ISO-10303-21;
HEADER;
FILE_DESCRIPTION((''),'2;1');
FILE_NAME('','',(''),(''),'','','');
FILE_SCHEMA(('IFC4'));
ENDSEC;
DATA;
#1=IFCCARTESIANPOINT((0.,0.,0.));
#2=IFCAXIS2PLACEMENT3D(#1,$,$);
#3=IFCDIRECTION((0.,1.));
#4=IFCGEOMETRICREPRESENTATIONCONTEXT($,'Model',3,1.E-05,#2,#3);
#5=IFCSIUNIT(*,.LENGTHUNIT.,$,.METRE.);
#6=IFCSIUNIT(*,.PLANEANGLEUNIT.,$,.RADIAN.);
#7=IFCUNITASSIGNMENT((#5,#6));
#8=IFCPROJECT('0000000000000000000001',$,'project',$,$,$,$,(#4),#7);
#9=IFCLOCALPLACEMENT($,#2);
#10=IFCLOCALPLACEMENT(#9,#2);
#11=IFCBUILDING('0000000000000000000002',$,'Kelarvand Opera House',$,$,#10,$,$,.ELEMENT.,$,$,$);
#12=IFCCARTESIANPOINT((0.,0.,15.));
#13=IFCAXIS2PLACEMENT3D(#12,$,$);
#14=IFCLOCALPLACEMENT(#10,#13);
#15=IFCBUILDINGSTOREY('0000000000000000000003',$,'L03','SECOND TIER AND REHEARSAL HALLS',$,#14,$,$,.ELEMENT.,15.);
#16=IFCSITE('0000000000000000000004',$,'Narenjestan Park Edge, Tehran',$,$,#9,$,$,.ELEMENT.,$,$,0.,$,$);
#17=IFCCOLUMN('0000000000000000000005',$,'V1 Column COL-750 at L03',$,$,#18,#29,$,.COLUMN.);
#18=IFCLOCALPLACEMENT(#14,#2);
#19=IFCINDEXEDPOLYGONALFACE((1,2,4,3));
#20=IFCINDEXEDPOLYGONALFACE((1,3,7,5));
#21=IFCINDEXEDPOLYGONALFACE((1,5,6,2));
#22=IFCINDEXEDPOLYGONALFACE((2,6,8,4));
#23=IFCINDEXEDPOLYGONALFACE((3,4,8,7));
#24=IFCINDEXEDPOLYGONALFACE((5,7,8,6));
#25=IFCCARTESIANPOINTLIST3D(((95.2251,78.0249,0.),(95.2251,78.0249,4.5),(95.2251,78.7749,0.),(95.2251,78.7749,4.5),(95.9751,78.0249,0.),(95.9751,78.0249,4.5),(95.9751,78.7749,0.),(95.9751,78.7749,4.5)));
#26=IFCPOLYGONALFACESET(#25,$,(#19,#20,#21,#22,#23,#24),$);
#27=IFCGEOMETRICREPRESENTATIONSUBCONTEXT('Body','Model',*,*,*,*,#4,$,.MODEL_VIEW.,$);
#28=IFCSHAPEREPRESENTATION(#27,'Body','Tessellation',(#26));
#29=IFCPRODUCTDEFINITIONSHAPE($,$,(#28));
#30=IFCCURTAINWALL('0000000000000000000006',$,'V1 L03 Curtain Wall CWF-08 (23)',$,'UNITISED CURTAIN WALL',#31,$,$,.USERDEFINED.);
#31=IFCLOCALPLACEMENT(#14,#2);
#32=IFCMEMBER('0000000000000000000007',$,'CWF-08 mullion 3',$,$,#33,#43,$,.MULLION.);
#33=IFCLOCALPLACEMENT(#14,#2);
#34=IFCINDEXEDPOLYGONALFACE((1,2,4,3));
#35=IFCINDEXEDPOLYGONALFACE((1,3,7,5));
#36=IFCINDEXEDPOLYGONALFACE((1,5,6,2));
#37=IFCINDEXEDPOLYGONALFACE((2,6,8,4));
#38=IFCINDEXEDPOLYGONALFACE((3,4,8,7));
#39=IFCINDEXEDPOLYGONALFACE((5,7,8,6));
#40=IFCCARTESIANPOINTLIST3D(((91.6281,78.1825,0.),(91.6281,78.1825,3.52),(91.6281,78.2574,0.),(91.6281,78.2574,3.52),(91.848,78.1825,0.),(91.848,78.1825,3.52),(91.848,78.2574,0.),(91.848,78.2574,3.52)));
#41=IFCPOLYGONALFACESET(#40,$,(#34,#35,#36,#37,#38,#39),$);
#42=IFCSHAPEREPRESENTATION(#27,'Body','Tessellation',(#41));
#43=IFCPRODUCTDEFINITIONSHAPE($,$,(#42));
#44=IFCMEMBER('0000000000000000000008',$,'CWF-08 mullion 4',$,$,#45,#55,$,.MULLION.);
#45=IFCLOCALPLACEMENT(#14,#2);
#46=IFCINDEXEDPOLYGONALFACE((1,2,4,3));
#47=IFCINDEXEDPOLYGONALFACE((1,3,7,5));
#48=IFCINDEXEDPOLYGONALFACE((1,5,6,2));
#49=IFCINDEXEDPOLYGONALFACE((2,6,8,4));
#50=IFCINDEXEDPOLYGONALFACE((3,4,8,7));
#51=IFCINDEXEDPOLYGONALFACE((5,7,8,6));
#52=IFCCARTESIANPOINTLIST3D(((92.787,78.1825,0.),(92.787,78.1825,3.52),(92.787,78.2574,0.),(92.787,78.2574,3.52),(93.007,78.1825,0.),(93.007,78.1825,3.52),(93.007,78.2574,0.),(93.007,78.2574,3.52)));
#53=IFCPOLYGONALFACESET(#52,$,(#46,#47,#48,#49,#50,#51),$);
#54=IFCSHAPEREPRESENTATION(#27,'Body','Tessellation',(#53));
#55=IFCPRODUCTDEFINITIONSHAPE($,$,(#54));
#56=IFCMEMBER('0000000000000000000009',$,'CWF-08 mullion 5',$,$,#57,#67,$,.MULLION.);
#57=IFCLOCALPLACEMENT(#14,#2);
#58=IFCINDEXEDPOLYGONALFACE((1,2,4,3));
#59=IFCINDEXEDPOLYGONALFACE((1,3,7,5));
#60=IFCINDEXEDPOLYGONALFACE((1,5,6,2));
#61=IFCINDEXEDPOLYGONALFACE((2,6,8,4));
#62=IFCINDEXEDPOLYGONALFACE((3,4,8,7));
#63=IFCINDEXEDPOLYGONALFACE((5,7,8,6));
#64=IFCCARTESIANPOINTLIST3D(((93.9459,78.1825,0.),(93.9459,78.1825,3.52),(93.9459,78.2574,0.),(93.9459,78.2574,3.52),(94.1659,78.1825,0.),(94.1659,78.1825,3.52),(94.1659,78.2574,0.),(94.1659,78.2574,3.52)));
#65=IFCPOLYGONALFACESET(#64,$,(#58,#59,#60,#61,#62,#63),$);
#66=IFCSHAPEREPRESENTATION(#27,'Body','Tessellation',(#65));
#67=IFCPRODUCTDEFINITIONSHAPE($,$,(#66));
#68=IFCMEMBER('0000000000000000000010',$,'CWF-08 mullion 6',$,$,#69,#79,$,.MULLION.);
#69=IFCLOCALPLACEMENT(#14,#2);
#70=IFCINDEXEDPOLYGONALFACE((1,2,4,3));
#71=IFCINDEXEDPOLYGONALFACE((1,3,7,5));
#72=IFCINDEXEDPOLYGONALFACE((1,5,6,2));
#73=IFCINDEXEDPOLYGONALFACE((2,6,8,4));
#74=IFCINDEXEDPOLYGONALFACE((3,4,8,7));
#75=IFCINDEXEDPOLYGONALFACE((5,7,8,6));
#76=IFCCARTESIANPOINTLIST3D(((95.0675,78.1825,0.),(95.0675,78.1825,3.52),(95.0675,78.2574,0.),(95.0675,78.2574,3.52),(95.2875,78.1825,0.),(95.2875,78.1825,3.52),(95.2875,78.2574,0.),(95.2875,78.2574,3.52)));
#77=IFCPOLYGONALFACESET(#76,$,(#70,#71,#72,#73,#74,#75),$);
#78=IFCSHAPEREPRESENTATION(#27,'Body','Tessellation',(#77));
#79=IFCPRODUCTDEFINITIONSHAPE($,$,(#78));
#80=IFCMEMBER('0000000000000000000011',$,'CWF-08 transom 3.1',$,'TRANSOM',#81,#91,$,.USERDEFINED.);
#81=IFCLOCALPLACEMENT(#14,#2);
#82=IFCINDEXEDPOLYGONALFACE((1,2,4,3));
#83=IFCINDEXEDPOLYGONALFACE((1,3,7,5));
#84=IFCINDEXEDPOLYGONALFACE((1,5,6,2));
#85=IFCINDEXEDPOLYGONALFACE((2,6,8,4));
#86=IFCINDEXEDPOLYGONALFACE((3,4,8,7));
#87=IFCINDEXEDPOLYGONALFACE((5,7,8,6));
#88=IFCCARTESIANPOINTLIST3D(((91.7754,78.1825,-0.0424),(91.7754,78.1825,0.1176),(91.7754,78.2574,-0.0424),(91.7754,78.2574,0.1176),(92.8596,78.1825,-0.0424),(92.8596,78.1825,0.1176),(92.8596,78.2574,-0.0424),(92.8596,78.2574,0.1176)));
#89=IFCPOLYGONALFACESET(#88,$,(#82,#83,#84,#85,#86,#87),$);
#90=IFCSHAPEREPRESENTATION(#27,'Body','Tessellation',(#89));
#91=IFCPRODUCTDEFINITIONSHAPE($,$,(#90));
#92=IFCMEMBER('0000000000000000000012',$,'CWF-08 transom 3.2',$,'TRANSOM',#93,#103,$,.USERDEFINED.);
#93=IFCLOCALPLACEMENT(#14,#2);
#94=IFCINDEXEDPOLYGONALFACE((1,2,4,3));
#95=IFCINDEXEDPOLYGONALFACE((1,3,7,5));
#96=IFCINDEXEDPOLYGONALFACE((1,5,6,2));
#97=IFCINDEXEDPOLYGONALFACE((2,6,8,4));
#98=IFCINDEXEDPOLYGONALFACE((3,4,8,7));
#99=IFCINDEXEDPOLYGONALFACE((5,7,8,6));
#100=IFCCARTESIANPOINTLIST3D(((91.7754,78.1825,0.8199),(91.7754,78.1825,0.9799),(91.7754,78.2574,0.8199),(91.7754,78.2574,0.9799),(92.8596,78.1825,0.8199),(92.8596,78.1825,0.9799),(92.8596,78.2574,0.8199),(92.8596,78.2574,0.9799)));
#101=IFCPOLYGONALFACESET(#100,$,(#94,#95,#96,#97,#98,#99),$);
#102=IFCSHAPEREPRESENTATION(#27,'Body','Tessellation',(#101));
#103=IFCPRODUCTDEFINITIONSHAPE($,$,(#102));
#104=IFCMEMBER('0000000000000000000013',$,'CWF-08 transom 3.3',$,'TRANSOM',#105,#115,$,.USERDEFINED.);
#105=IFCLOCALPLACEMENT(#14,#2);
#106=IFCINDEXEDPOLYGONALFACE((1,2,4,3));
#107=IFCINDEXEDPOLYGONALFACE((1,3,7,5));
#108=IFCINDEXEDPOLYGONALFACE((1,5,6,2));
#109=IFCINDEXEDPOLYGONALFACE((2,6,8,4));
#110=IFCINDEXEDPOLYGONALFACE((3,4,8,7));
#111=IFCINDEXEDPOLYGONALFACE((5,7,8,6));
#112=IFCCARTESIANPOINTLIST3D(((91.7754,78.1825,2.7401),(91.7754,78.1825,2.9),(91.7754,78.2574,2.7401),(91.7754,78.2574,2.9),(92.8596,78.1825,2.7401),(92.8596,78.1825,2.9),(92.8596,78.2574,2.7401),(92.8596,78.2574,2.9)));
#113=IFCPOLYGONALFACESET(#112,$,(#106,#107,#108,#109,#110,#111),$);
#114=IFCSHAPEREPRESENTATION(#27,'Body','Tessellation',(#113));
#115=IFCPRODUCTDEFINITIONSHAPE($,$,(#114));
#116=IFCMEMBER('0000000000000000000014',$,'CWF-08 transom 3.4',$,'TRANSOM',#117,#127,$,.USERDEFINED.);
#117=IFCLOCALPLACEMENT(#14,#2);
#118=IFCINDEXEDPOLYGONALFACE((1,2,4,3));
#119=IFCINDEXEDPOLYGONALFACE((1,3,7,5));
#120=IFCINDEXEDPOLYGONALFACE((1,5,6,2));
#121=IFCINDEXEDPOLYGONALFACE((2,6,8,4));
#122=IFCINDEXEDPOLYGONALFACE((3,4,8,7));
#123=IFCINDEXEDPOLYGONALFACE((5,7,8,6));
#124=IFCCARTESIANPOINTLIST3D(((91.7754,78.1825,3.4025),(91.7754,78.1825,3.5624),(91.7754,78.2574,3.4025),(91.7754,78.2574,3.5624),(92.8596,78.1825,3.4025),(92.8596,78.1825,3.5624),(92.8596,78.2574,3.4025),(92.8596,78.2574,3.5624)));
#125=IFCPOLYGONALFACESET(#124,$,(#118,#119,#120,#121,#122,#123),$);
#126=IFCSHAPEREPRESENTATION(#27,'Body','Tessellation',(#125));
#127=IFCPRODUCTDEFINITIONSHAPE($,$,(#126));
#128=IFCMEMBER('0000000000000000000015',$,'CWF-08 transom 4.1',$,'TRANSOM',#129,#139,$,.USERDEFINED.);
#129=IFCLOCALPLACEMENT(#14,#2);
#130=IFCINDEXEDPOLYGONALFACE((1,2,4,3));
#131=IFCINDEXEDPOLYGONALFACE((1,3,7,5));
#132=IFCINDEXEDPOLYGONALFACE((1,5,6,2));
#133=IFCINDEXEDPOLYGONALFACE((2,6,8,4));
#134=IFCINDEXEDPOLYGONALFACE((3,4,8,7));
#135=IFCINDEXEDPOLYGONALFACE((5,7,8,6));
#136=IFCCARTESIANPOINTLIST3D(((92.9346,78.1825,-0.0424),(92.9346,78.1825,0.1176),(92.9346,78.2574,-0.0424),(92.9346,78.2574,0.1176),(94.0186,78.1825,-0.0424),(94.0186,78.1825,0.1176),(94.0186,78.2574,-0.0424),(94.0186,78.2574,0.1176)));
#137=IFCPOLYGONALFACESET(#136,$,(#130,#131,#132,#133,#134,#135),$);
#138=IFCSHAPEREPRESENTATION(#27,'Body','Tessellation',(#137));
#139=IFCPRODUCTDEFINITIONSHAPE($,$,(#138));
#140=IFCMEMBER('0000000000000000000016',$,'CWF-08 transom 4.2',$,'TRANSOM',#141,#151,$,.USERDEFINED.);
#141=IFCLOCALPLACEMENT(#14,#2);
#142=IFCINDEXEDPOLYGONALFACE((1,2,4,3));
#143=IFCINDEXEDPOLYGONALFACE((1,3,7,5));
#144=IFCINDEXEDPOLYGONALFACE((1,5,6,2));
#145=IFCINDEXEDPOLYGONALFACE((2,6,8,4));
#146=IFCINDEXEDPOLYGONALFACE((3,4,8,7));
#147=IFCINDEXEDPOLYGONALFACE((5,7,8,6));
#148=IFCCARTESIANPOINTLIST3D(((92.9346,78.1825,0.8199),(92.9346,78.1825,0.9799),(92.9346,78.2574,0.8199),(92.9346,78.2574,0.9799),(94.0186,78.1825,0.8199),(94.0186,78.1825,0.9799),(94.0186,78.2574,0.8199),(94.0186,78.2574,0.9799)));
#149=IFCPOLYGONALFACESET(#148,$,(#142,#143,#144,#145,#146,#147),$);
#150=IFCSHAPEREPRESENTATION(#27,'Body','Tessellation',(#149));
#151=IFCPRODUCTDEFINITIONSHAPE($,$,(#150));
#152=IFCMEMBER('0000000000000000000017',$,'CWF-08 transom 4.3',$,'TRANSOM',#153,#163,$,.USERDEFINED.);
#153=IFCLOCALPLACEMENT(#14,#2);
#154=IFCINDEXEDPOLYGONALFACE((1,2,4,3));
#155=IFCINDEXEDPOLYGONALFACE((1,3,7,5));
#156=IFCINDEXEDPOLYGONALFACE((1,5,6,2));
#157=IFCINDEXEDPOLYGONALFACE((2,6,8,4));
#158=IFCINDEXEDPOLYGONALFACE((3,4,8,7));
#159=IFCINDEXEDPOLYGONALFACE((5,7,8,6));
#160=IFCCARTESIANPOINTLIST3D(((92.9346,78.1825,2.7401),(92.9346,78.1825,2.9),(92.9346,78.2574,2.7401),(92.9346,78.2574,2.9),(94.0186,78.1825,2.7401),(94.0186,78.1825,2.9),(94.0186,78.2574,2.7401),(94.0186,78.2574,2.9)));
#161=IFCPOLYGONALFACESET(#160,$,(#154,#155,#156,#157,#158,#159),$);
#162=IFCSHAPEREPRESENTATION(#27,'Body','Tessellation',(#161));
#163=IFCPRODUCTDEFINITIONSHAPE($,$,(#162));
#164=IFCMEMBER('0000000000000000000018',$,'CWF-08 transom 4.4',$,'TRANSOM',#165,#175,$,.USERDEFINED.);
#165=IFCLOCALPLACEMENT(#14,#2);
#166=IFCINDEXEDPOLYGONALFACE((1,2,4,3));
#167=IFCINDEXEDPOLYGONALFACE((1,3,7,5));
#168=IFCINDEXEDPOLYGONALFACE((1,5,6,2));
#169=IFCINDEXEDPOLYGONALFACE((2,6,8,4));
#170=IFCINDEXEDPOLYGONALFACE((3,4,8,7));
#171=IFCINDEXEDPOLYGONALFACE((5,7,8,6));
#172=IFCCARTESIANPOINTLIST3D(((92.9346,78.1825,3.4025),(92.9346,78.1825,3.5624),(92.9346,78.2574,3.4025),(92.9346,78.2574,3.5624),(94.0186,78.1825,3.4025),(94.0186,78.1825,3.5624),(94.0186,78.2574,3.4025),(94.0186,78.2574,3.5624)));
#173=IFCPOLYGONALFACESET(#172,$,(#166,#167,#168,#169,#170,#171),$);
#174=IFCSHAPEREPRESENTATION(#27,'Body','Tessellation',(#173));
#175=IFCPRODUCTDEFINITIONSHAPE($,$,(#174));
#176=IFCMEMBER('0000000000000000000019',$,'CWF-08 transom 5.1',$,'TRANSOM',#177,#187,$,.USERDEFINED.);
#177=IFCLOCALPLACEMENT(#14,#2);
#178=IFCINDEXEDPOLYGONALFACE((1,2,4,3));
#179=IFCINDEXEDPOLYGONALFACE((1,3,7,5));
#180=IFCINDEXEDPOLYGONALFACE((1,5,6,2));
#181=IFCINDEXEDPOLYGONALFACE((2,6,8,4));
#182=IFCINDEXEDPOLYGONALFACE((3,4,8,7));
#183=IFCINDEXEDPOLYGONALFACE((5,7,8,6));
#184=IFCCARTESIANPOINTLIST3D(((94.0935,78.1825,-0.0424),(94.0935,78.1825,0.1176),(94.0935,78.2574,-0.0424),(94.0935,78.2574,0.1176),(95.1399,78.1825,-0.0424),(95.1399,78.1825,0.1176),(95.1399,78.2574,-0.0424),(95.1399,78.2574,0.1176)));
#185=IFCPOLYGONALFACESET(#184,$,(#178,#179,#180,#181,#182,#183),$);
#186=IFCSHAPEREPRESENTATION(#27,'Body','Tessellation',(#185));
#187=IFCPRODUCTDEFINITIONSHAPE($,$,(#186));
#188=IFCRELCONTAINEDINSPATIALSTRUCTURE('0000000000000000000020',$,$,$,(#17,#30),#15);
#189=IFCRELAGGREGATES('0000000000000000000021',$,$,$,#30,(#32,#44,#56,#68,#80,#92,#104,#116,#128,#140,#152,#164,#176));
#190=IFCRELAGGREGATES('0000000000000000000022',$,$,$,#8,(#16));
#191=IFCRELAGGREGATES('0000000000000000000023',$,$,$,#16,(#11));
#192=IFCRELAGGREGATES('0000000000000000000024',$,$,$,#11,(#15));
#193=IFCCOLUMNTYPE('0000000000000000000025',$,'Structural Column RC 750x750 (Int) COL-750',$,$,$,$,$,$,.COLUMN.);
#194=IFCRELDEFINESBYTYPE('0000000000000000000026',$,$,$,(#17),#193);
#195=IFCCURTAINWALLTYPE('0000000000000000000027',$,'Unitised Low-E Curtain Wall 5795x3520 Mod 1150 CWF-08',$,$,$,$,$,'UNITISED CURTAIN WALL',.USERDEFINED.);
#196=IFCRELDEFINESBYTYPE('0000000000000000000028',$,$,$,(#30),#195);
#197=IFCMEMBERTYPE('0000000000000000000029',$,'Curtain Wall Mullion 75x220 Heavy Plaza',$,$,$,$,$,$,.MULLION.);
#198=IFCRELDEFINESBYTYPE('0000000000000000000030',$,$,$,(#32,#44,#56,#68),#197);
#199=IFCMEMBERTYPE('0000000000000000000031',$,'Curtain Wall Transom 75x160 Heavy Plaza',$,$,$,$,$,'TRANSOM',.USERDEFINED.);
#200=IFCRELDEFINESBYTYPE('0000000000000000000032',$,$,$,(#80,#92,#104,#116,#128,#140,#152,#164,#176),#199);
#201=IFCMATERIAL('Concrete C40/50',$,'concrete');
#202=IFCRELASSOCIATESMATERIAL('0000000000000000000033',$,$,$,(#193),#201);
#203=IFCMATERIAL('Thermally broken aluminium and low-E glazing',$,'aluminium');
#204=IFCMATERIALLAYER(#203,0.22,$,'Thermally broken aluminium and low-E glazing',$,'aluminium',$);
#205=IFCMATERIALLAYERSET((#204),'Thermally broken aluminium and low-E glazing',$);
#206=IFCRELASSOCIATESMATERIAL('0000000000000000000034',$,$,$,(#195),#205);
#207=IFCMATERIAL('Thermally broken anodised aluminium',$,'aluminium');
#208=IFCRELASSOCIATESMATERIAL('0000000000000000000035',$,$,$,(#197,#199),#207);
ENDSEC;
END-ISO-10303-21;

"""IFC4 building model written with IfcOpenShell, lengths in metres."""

from ifc_helpers import new_model, si_unit, direction, frame, origin, origin_2d, place, context, subcontext, project, spatial, rectangle, extrude, material, layer, layer_set, material_profile, profile_set, type_object, element, aggregate, save


model = new_model("IFC4")

# Units and contexts
model_context = context("Model", 3, precision=1e-05, world=origin(), true_north=direction((0.0, 1.0)))
body_context = subcontext(model_context, "Body", "Model", "MODEL_VIEW")
ifc_project = project(units=[si_unit("LENGTHUNIT", "METRE"), si_unit("PLANEANGLEUNIT", "RADIAN")], contexts=[model_context])

# Site, building, storey
site_placement = place(None, origin())
site = spatial("IfcSite", under=ifc_project, at=site_placement, Name="Narenjestan Park Edge, Tehran", CompositionType="ELEMENT", RefElevation=0.0)
building_placement = place(site_placement, origin())
building = spatial("IfcBuilding", under=site, at=building_placement, Name="Kelarvand Opera House", CompositionType="ELEMENT")
storey_placement = place(building_placement, frame((0.0, 0.0, 15.0)))
storey = spatial("IfcBuildingStorey", under=building, at=storey_placement, Name="L03", Description="SECOND TIER AND REHEARSAL HALLS", CompositionType="ELEMENT", Elevation=15.0)

# Column
ifc_material_1 = material(Name="Concrete C40/50", Category="concrete")
ifc_material_profile_1 = material_profile(ifc_material_1, rectangle(XDim=0.75, YDim=0.75, at=origin_2d()), Name="RC 750x750", Category="concrete")
ifc_profile_set_1 = profile_set([ifc_material_profile_1], Name="Concrete C40/50")
column_type = type_object("IfcColumnType", Name="Structural Column RC 750x750 (Int) COL-750", PredefinedType="COLUMN", material=ifc_profile_set_1)
column_placement = place(storey_placement, frame((95.6001, 78.3999, 0.0), z_axis=(0.0, 0.0, 1.0), x_axis=(1.0, 0.0, 0.0)))
element("IfcColumn", 1, at=column_placement, inside=storey, type_object=column_type, Name="V1 Column COL-750 at L03", PredefinedType="COLUMN", context=body_context, shape_type="SweptSolid", body=[
    extrude(rectangle(XDim=0.75, YDim=0.75, at=origin_2d()), origin(), (0.0, 0.0, 1.0), 4.5),
])

# Curtain wall, members
ifc_material_2 = material(Name="Thermally broken aluminium and low-E glazing", Category="aluminium")
ifc_layer_1 = layer(ifc_material_2, 0.22, Name="Thermally broken aluminium and low-E glazing", Category="aluminium")
ifc_layer_set_1 = layer_set([ifc_layer_1], Name="Thermally broken aluminium and low-E glazing")
curtain_wall_type = type_object("IfcCurtainWallType", Name="Unitised Low-E Curtain Wall 5795x3520 Mod 1150 CWF-08", ElementType="UNITISED CURTAIN WALL", PredefinedType="USERDEFINED", material=ifc_layer_set_1)
curtain_wall_placement = place(storey_placement, origin())
curtain_wall = element("IfcCurtainWall", 2, at=curtain_wall_placement, inside=storey, type_object=curtain_wall_type, Name="V1 L03 Curtain Wall CWF-08 (23)", ObjectType="UNITISED CURTAIN WALL", PredefinedType="USERDEFINED")
ifc_material_3 = material(Name="Thermally broken anodised aluminium", Category="aluminium")
ifc_material_profile_2 = material_profile(ifc_material_3, rectangle(XDim=0.075, YDim=0.22, at=origin_2d()), Name="ALU MULLION 75x220", Category="aluminium")
ifc_profile_set_2 = profile_set([ifc_material_profile_2], Name="Thermally broken anodised aluminium")
member_type_1 = type_object("IfcMemberType", Name="Curtain Wall Mullion 75x220 Heavy Plaza", PredefinedType="MULLION", material=ifc_profile_set_2)
member_1_placement = place(storey_placement, frame((91.738, 78.22, 0.0), z_axis=(0.0, 0.0, 1.0), x_axis=(0.0, 1.0, 0.0)))
member_1 = element("IfcMember", 3, at=member_1_placement, type_object=member_type_1, Name="CWF-08 mullion 3", PredefinedType="MULLION", context=body_context, shape_type="SweptSolid", body=[
    extrude(rectangle(XDim=0.075, YDim=0.22, at=origin_2d()), origin(), (0.0, 0.0, 1.0), 3.52),
])
member_2_placement = place(storey_placement, frame((92.897, 78.22, 0.0), z_axis=(0.0, 0.0, 1.0), x_axis=(0.0, 1.0, 0.0)))
member_2 = element("IfcMember", 4, at=member_2_placement, type_object=member_type_1, Name="CWF-08 mullion 4", PredefinedType="MULLION", context=body_context, shape_type="SweptSolid", body=[
    extrude(rectangle(XDim=0.075, YDim=0.22, at=origin_2d()), origin(), (0.0, 0.0, 1.0), 3.52),
])
member_3_placement = place(storey_placement, frame((94.0559, 78.22, 0.0), z_axis=(0.0, 0.0, 1.0), x_axis=(0.0, 1.0, 0.0)))
member_3 = element("IfcMember", 5, at=member_3_placement, type_object=member_type_1, Name="CWF-08 mullion 5", PredefinedType="MULLION", context=body_context, shape_type="SweptSolid", body=[
    extrude(rectangle(XDim=0.075, YDim=0.22, at=origin_2d()), origin(), (0.0, 0.0, 1.0), 3.52),
])
member_4_placement = place(storey_placement, frame((95.1775, 78.22, 0.0), z_axis=(0.0, 0.0, 1.0), x_axis=(0.0, 1.0, 0.0)))
member_4 = element("IfcMember", 6, at=member_4_placement, type_object=member_type_1, Name="CWF-08 mullion 6", PredefinedType="MULLION", context=body_context, shape_type="SweptSolid", body=[
    extrude(rectangle(XDim=0.075, YDim=0.22, at=origin_2d()), origin(), (0.0, 0.0, 1.0), 3.52),
])
ifc_material_profile_3 = material_profile(ifc_material_3, rectangle(XDim=0.075, YDim=0.1599, at=origin_2d()), Name="ALU TRANSOM 75x160", Category="aluminium")
ifc_profile_set_3 = profile_set([ifc_material_profile_3], Name="Thermally broken anodised aluminium")
member_type_2 = type_object("IfcMemberType", Name="Curtain Wall Transom 75x160 Heavy Plaza", ElementType="TRANSOM", PredefinedType="USERDEFINED", material=ifc_profile_set_3)
member_5_placement = place(storey_placement, frame((91.7754, 78.22, 0.0376), z_axis=(1.0, 0.0, 0.0), x_axis=(0.0, 1.0, 0.0)))
member_5 = element("IfcMember", 7, at=member_5_placement, type_object=member_type_2, Name="CWF-08 transom 3.1", ObjectType="TRANSOM", PredefinedType="USERDEFINED", context=body_context, shape_type="SweptSolid", body=[
    extrude(rectangle(XDim=0.075, YDim=0.1599, at=origin_2d()), origin(), (0.0, 0.0, 1.0), 1.0842),
])
member_6_placement = place(storey_placement, frame((91.7754, 78.22, 0.8999), z_axis=(1.0, 0.0, 0.0), x_axis=(0.0, 1.0, 0.0)))
member_6 = element("IfcMember", 8, at=member_6_placement, type_object=member_type_2, Name="CWF-08 transom 3.2", ObjectType="TRANSOM", PredefinedType="USERDEFINED", context=body_context, shape_type="SweptSolid", body=[
    extrude(rectangle(XDim=0.075, YDim=0.1599, at=origin_2d()), origin(), (0.0, 0.0, 1.0), 1.0842),
])
member_7_placement = place(storey_placement, frame((91.7754, 78.22, 2.8201), z_axis=(1.0, 0.0, 0.0), x_axis=(0.0, 1.0, 0.0)))
member_7 = element("IfcMember", 9, at=member_7_placement, type_object=member_type_2, Name="CWF-08 transom 3.3", ObjectType="TRANSOM", PredefinedType="USERDEFINED", context=body_context, shape_type="SweptSolid", body=[
    extrude(rectangle(XDim=0.075, YDim=0.1599, at=origin_2d()), origin(), (0.0, 0.0, 1.0), 1.0842),
])
member_8_placement = place(storey_placement, frame((91.7754, 78.22, 3.4824), z_axis=(1.0, 0.0, 0.0), x_axis=(0.0, 1.0, 0.0)))
member_8 = element("IfcMember", 10, at=member_8_placement, type_object=member_type_2, Name="CWF-08 transom 3.4", ObjectType="TRANSOM", PredefinedType="USERDEFINED", context=body_context, shape_type="SweptSolid", body=[
    extrude(rectangle(XDim=0.075, YDim=0.1599, at=origin_2d()), origin(), (0.0, 0.0, 1.0), 1.0842),
])
member_9_placement = place(storey_placement, frame((92.9346, 78.22, 0.0376), z_axis=(1.0, 0.0, 0.0), x_axis=(0.0, 1.0, 0.0)))
member_9 = element("IfcMember", 11, at=member_9_placement, type_object=member_type_2, Name="CWF-08 transom 4.1", ObjectType="TRANSOM", PredefinedType="USERDEFINED", context=body_context, shape_type="SweptSolid", body=[
    extrude(rectangle(XDim=0.075, YDim=0.1599, at=origin_2d()), origin(), (0.0, 0.0, 1.0), 1.084),
])
member_10_placement = place(storey_placement, frame((92.9346, 78.22, 0.8999), z_axis=(1.0, 0.0, 0.0), x_axis=(0.0, 1.0, 0.0)))
member_10 = element("IfcMember", 12, at=member_10_placement, type_object=member_type_2, Name="CWF-08 transom 4.2", ObjectType="TRANSOM", PredefinedType="USERDEFINED", context=body_context, shape_type="SweptSolid", body=[
    extrude(rectangle(XDim=0.075, YDim=0.1599, at=origin_2d()), origin(), (0.0, 0.0, 1.0), 1.084),
])
member_11_placement = place(storey_placement, frame((92.9346, 78.22, 2.8201), z_axis=(1.0, 0.0, 0.0), x_axis=(0.0, 1.0, 0.0)))
member_11 = element("IfcMember", 13, at=member_11_placement, type_object=member_type_2, Name="CWF-08 transom 4.3", ObjectType="TRANSOM", PredefinedType="USERDEFINED", context=body_context, shape_type="SweptSolid", body=[
    extrude(rectangle(XDim=0.075, YDim=0.1599, at=origin_2d()), origin(), (0.0, 0.0, 1.0), 1.084),
])
member_12_placement = place(storey_placement, frame((92.9346, 78.22, 3.4824), z_axis=(1.0, 0.0, 0.0), x_axis=(0.0, 1.0, 0.0)))
member_12 = element("IfcMember", 14, at=member_12_placement, type_object=member_type_2, Name="CWF-08 transom 4.4", ObjectType="TRANSOM", PredefinedType="USERDEFINED", context=body_context, shape_type="SweptSolid", body=[
    extrude(rectangle(XDim=0.075, YDim=0.1599, at=origin_2d()), origin(), (0.0, 0.0, 1.0), 1.084),
])
member_13_placement = place(storey_placement, frame((94.0935, 78.22, 0.0376), z_axis=(1.0, 0.0, 0.0), x_axis=(0.0, 1.0, 0.0)))
member_13 = element("IfcMember", 15, at=member_13_placement, type_object=member_type_2, Name="CWF-08 transom 5.1", ObjectType="TRANSOM", PredefinedType="USERDEFINED", context=body_context, shape_type="SweptSolid", body=[
    extrude(rectangle(XDim=0.075, YDim=0.1599, at=origin_2d()), origin(), (0.0, 0.0, 1.0), 1.0464),
])

aggregate(curtain_wall, [member_1, member_2, member_3, member_4, member_5, member_6, member_7, member_8, member_9, member_10, member_11, member_12, member_13])

save(model, "model.ifc")
